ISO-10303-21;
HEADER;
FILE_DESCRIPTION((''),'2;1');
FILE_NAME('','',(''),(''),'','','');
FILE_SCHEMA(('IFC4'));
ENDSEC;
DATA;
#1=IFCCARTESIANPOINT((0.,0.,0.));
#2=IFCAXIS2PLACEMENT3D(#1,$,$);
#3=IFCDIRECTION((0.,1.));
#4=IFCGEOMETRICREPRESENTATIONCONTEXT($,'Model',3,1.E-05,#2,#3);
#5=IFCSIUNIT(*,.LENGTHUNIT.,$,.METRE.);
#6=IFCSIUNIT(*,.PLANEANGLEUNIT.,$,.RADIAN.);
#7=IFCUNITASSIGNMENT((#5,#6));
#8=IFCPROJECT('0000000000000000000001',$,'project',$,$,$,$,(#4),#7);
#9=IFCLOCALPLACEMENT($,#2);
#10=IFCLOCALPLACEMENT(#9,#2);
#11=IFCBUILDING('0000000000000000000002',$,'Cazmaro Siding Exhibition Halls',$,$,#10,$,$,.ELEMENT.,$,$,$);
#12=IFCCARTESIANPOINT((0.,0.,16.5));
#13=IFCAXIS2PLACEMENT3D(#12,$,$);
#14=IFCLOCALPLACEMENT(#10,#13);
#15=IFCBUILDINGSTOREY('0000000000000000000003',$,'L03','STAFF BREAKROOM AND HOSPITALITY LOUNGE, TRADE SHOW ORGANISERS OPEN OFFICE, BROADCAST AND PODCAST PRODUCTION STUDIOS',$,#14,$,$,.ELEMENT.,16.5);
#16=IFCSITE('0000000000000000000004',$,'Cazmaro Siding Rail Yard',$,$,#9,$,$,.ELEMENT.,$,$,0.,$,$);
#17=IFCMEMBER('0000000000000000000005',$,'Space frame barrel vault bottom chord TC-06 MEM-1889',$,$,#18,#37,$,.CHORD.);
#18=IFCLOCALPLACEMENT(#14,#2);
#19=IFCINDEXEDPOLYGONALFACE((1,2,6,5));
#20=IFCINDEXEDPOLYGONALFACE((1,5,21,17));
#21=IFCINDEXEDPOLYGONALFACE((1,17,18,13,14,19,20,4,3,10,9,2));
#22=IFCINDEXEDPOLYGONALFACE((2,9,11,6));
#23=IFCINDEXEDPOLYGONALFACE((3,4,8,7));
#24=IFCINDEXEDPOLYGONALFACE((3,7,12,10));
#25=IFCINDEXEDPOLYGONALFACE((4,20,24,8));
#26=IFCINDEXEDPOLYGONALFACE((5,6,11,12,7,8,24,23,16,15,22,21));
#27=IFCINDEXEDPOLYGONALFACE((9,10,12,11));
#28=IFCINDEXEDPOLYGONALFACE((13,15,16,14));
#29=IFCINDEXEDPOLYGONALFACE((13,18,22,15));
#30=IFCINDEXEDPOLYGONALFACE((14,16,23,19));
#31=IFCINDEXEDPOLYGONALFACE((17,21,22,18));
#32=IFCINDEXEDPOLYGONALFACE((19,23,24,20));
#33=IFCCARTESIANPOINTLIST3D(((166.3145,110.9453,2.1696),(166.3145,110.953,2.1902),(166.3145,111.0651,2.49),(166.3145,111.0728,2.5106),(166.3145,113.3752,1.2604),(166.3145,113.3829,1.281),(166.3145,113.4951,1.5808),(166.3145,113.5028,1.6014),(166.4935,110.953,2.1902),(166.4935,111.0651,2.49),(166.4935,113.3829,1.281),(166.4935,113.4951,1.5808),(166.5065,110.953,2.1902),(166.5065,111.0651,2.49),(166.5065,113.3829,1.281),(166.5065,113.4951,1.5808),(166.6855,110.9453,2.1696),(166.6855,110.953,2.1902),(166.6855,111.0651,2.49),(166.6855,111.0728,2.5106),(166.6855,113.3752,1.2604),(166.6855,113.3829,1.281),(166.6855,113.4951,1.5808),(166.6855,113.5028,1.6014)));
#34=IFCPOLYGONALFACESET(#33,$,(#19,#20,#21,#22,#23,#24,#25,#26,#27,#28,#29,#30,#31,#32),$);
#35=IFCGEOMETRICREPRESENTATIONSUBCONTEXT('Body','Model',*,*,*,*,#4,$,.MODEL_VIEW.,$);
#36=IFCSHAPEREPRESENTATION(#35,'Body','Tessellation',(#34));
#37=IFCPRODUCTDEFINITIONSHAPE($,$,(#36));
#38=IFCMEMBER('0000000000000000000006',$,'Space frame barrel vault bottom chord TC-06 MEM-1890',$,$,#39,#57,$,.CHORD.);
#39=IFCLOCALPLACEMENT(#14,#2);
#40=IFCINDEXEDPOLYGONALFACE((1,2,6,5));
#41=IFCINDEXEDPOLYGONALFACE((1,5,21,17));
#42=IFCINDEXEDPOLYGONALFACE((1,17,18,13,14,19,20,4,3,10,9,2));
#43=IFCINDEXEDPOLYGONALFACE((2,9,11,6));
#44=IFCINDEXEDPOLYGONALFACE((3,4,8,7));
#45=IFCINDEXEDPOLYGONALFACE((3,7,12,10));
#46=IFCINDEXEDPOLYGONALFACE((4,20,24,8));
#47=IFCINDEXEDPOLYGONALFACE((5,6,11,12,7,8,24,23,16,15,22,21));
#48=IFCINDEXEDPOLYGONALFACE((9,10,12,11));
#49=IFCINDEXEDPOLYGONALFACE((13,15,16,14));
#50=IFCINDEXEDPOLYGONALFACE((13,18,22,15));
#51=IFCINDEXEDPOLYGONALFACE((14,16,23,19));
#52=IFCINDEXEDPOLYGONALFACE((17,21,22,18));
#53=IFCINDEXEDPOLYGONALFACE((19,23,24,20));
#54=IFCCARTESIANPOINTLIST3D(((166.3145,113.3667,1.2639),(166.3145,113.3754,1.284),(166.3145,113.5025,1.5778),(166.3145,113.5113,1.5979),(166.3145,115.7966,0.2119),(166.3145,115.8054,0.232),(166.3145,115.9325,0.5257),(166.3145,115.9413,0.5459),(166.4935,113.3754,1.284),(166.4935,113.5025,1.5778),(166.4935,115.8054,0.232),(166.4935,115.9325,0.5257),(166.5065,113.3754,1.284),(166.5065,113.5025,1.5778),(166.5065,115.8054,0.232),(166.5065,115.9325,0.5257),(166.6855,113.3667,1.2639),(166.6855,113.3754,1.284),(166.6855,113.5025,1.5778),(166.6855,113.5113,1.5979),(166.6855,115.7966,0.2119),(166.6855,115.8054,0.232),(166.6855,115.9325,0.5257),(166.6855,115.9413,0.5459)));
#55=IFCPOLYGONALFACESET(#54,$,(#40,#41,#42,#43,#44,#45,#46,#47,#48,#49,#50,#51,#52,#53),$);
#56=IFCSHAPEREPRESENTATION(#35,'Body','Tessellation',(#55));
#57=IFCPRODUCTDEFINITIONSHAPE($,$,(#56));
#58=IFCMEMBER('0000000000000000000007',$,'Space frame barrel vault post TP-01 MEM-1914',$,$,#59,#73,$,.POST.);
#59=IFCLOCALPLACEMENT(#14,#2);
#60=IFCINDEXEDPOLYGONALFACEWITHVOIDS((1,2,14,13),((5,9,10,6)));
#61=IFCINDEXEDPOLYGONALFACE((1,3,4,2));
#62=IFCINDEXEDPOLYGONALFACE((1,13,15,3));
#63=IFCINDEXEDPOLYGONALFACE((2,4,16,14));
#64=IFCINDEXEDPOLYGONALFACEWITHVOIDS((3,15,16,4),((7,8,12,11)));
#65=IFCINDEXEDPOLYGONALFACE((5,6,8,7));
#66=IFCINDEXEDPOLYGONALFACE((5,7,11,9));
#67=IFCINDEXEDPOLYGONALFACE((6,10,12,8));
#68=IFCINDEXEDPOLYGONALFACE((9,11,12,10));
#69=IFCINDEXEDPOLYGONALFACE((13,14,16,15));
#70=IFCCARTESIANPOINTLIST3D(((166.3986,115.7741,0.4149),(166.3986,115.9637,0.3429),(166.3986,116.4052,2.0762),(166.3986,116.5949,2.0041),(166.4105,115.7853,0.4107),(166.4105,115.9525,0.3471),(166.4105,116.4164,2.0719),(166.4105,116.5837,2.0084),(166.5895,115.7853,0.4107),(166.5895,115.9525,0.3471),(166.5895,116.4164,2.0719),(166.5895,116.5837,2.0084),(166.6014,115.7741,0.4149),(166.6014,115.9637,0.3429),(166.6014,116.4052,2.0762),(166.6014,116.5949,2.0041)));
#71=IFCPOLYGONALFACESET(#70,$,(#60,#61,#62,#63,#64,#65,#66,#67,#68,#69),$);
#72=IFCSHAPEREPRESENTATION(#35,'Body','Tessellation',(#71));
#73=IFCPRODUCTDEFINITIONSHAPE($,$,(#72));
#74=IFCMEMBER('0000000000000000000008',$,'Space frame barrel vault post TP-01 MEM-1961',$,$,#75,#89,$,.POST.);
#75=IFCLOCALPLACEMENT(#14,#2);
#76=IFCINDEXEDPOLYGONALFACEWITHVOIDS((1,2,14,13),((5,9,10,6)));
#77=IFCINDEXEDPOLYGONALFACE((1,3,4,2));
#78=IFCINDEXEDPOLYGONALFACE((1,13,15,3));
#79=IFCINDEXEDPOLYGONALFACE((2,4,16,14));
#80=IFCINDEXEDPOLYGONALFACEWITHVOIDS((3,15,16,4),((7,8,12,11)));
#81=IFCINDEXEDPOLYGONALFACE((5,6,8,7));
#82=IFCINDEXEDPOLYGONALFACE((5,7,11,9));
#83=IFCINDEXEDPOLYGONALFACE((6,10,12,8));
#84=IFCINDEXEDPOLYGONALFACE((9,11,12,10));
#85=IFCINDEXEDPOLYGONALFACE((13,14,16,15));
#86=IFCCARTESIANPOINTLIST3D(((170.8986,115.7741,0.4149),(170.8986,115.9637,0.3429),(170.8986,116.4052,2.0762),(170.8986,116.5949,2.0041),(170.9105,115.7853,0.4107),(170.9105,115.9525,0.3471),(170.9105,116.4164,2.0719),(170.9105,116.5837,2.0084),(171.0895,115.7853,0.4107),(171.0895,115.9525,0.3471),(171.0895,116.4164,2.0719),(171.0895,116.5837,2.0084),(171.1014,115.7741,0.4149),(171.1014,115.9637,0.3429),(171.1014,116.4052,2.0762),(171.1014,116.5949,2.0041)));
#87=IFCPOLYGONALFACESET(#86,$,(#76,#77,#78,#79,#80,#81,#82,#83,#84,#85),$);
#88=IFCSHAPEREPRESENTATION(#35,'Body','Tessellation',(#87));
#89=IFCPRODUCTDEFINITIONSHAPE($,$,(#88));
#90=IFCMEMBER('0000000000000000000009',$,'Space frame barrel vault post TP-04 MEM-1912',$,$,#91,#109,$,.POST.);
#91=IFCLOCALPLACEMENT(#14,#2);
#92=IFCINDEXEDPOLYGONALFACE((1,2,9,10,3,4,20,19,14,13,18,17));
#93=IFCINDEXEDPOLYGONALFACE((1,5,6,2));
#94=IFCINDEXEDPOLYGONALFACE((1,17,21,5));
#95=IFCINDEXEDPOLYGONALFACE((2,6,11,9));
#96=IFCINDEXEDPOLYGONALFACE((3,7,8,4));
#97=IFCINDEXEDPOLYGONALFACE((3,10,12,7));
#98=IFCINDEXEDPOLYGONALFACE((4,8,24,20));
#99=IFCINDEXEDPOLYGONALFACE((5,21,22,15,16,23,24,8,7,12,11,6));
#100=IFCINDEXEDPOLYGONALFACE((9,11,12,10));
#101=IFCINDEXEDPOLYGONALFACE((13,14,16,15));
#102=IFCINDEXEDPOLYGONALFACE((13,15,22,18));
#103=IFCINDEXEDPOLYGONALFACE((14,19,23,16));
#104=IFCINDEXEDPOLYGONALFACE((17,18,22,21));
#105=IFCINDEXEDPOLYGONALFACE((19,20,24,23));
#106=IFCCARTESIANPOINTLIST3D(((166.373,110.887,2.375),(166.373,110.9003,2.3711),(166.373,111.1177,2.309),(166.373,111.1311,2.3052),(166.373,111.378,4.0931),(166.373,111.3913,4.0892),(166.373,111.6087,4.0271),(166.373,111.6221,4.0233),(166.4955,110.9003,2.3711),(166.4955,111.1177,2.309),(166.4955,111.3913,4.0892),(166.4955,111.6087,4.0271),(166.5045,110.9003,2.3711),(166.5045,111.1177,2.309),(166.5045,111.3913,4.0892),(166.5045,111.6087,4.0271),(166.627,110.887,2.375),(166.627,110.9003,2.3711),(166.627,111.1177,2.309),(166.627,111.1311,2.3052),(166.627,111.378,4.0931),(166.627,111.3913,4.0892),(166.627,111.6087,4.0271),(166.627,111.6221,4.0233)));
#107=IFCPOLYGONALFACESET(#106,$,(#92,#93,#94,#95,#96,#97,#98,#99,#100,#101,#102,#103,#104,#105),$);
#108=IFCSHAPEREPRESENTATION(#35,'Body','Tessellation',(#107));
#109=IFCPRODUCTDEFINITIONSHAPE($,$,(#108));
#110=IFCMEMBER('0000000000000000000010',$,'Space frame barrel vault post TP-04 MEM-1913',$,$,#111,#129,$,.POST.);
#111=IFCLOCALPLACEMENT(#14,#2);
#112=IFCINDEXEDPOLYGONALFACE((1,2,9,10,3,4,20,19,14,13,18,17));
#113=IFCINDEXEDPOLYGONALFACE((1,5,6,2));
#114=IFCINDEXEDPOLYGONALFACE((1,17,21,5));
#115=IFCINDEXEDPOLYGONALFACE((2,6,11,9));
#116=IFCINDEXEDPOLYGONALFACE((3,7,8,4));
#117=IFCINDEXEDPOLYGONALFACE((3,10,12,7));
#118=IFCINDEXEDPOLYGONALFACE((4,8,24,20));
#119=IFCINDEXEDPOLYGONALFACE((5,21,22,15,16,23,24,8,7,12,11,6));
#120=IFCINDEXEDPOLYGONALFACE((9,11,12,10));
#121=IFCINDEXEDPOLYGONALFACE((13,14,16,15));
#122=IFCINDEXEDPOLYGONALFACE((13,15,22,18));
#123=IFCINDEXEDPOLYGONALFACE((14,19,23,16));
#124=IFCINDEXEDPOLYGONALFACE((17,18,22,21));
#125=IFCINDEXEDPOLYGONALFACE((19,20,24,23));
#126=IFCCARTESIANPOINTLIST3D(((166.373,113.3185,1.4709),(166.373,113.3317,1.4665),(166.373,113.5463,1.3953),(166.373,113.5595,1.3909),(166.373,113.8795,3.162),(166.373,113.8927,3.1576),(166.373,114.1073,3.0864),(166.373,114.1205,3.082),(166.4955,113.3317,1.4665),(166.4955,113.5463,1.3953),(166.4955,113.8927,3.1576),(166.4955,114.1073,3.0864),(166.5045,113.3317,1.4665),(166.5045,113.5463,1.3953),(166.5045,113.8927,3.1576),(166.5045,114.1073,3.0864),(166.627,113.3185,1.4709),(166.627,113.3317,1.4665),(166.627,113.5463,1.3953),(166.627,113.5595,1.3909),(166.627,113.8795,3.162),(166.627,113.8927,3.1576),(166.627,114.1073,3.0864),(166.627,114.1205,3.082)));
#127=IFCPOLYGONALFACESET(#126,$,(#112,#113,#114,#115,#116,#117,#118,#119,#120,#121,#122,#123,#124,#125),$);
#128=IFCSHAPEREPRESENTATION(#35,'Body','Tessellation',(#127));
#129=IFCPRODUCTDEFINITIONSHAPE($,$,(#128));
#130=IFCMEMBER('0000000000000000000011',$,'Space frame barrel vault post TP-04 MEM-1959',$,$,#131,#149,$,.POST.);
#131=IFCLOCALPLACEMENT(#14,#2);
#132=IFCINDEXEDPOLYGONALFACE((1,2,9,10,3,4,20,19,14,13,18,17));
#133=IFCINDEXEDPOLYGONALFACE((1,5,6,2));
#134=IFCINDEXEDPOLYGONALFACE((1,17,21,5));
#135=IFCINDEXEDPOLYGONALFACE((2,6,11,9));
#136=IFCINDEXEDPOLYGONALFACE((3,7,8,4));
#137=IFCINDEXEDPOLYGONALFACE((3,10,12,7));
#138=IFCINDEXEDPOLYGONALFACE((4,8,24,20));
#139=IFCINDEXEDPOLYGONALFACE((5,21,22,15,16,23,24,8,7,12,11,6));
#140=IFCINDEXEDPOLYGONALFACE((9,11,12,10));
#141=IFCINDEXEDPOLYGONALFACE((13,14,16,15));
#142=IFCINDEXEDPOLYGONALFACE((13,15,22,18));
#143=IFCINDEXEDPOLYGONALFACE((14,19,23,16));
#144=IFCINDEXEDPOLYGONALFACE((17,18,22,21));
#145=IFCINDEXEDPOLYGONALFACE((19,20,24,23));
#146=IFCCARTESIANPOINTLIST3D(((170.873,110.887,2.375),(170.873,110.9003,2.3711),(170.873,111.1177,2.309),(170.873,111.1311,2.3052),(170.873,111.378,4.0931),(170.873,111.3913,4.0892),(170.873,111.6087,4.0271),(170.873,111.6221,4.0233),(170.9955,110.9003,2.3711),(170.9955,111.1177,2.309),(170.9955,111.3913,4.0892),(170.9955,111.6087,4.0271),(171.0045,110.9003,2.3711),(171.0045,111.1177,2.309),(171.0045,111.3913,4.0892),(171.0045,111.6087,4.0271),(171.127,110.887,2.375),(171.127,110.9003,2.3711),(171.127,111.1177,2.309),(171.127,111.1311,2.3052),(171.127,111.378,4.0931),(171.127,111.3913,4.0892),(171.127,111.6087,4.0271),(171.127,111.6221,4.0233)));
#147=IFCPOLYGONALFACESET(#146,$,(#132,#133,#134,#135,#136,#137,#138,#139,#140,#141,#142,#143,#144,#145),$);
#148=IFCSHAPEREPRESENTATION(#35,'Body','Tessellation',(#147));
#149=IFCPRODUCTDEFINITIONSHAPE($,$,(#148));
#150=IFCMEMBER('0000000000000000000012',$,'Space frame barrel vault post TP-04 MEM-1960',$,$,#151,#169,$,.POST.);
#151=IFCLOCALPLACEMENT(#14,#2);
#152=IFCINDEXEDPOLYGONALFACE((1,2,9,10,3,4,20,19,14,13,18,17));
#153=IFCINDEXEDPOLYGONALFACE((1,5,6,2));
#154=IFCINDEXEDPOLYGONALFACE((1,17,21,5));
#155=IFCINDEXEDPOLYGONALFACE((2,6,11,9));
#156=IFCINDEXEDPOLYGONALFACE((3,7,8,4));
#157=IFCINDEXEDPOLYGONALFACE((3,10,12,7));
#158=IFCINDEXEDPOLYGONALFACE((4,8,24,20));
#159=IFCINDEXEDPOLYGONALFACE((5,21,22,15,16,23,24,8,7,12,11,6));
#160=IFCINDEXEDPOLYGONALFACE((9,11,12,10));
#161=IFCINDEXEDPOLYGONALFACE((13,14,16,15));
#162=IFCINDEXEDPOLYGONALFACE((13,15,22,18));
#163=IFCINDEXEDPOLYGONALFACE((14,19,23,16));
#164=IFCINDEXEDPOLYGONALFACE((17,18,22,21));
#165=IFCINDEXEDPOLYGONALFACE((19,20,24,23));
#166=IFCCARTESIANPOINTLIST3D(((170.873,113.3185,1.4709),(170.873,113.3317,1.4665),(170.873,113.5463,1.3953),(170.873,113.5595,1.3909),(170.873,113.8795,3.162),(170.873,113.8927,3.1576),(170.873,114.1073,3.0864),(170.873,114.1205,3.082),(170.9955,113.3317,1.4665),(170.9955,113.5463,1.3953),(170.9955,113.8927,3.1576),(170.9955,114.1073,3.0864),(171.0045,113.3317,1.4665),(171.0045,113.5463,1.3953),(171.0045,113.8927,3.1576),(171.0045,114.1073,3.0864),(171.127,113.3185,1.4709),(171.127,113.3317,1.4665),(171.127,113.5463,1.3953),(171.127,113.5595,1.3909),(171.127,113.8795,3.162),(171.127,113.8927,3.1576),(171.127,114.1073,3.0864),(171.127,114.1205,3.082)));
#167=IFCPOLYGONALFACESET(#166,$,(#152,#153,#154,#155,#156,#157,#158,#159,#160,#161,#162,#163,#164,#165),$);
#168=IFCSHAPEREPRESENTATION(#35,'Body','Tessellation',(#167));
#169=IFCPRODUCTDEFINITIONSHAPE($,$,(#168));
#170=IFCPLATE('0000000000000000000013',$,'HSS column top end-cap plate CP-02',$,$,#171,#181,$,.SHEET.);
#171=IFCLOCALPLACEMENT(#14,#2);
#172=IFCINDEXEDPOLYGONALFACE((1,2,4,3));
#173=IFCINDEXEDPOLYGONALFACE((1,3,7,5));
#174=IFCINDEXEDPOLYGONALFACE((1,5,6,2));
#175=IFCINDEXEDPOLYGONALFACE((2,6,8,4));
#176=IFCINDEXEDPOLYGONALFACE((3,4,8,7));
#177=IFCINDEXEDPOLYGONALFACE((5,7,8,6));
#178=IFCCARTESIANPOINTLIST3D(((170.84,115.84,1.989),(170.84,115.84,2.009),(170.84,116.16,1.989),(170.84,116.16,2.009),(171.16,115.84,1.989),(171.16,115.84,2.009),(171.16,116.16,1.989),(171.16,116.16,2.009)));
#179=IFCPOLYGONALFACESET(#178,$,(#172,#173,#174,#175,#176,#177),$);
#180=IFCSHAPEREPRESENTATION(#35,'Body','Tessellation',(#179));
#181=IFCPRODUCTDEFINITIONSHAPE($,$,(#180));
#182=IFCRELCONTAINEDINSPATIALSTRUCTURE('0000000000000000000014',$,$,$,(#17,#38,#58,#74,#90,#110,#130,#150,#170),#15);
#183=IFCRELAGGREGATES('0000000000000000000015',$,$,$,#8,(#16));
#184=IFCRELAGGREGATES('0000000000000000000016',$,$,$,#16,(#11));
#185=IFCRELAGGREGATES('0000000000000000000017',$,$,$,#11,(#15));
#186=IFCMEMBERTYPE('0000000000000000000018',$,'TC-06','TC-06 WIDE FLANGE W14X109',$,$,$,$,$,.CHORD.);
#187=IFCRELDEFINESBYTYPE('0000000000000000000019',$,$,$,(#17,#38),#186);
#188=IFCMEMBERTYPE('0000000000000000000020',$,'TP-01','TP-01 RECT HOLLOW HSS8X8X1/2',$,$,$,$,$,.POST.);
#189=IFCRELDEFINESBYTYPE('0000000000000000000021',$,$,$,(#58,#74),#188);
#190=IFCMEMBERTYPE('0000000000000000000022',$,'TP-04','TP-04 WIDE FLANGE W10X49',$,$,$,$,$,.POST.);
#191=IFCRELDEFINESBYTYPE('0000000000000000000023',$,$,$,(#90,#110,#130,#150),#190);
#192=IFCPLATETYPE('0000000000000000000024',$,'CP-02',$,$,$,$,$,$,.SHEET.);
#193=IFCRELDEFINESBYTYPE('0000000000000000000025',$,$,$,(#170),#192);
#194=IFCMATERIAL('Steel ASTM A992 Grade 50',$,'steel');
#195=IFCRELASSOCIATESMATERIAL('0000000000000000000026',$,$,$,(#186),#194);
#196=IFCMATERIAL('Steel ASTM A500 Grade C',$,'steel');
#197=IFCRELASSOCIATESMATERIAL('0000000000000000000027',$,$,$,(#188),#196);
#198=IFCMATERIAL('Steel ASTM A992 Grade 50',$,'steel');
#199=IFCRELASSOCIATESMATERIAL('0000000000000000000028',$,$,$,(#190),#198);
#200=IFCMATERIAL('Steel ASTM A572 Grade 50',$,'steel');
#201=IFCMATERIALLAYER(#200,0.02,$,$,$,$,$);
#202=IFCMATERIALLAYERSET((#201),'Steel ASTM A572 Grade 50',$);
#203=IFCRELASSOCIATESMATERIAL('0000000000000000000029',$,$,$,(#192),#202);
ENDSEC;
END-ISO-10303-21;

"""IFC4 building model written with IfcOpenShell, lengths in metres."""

from ifc_helpers import new_model, si_unit, direction, frame, origin, origin_2d, place, context, subcontext, project, spatial, rectangle, hollow_rectangle, i_section, extrude, material, layer, layer_set, material_profile, profile_set, type_object, element, save


model = new_model("IFC4")

# Units and contexts
model_context = context("Model", 3, precision=1e-05, world=origin(), true_north=direction((0.0, 1.0)))
body_context = subcontext(model_context, "Body", "Model", "MODEL_VIEW")
ifc_project = project(units=[si_unit("LENGTHUNIT", "METRE"), si_unit("PLANEANGLEUNIT", "RADIAN")], contexts=[model_context])

# Site, building, storey
site_placement = place(None, origin())
site = spatial("IfcSite", under=ifc_project, at=site_placement, Name="Cazmaro Siding Rail Yard", CompositionType="ELEMENT", RefElevation=0.0)
building_placement = place(site_placement, origin())
building = spatial("IfcBuilding", under=site, at=building_placement, Name="Cazmaro Siding Exhibition Halls", CompositionType="ELEMENT")
storey_placement = place(building_placement, frame((0.0, 0.0, 16.5)))
storey = spatial("IfcBuildingStorey", under=building, at=storey_placement, Name="L03", Description="STAFF BREAKROOM AND HOSPITALITY LOUNGE, TRADE SHOW ORGANISERS OPEN OFFICE, BROADCAST AND PODCAST PRODUCTION STUDIOS", CompositionType="ELEMENT", Elevation=16.5)

# Members
ifc_material_1 = material(Name="Steel ASTM A992 Grade 50", Category="steel")
ifc_material_profile_1 = material_profile(ifc_material_1, i_section(OverallWidth=0.3711, OverallDepth=0.364, WebThickness=0.0129, FlangeThickness=0.022, at=origin_2d()), Name="W14X109")
ifc_profile_set_1 = profile_set([ifc_material_profile_1], Name="Steel ASTM A992 Grade 50")
member_type_1 = type_object("IfcMemberType", Name="TC-06", Description="TC-06 WIDE FLANGE W14X109", PredefinedType="CHORD", material=ifc_profile_set_1)
member_1_placement = place(storey_placement, frame((166.5, 111.009, 2.3401), z_axis=(0.0, 0.936588, -0.350432), x_axis=(-1.0, 0.0, 0.0)))
element("IfcMember", 1, at=member_1_placement, inside=storey, type_object=member_type_1, Name="Space frame barrel vault bottom chord TC-06 MEM-1889", PredefinedType="CHORD", context=body_context, shape_type="SweptSolid", body=[
    extrude(i_section(OverallWidth=0.3711, OverallDepth=0.364, WebThickness=0.0129, FlangeThickness=0.022, at=origin_2d()), origin(), (0.0, 0.0, 1.0), 2.5945),
])
member_2_placement = place(storey_placement, frame((166.5, 113.439, 1.4309), z_axis=(0.0, 0.917689, -0.397299), x_axis=(-1.0, 0.0, 0.0)))
element("IfcMember", 2, at=member_2_placement, inside=storey, type_object=member_type_1, Name="Space frame barrel vault bottom chord TC-06 MEM-1890", PredefinedType="CHORD", context=body_context, shape_type="SweptSolid", body=[
    extrude(i_section(OverallWidth=0.3711, OverallDepth=0.364, WebThickness=0.0129, FlangeThickness=0.022, at=origin_2d()), origin(), (0.0, 0.0, 1.0), 2.6479),
])
ifc_material_2 = material(Name="Steel ASTM A500 Grade C", Category="steel")
ifc_material_profile_2 = material_profile(ifc_material_2, hollow_rectangle(XDim=0.2029, YDim=0.2029, WallThickness=0.012, at=origin_2d()), Name="HSS8X8X1/2")
ifc_profile_set_2 = profile_set([ifc_material_profile_2], Name="Steel ASTM A500 Grade C")
member_type_2 = type_object("IfcMemberType", Name="TP-01", Description="TP-01 RECT HOLLOW HSS8X8X1/2", PredefinedType="POST", material=ifc_profile_set_2)
for number, where, z_axis, x_axis, name in (
    (3, (166.5, 115.8689, 0.3789), (0.0, 0.355155, 0.934807), (-1.0, 0.0, 0.0), "Space frame barrel vault post TP-01 MEM-1914"),
    (4, (171.0, 115.8689, 0.3789), (0.0, 0.355155, 0.934807), (-1.0, 0.0, 0.0), "Space frame barrel vault post TP-01 MEM-1961"),
):
    element("IfcMember", number, at=place(storey_placement, frame(where, z_axis=z_axis, x_axis=x_axis)), inside=storey, type_object=member_type_2, Name=name, PredefinedType="POST", context=body_context, shape_type="SweptSolid", body=[
        extrude(hollow_rectangle(XDim=0.2029, YDim=0.2029, WallThickness=0.012, at=origin_2d()), origin(), (0.0, 0.0, 1.0), 1.7771),
    ])
ifc_material_3 = material(Name="Steel ASTM A992 Grade 50", Category="steel")
ifc_material_profile_3 = material_profile(ifc_material_3, i_section(OverallWidth=0.2539, OverallDepth=0.2539, WebThickness=0.009, FlangeThickness=0.0139, at=origin_2d()), Name="W10X49")
ifc_profile_set_3 = profile_set([ifc_material_profile_3], Name="Steel ASTM A992 Grade 50")
member_type_3 = type_object("IfcMemberType", Name="TP-04", Description="TP-04 WIDE FLANGE W10X49", PredefinedType="POST", material=ifc_profile_set_3)
member_3_placement = place(storey_placement, frame((166.5, 111.009, 2.3401), z_axis=(0.0, 0.274775, 0.961508), x_axis=(-1.0, 0.0, 0.0)))
element("IfcMember", 5, at=member_3_placement, inside=storey, type_object=member_type_3, Name="Space frame barrel vault post TP-04 MEM-1912", PredefinedType="POST", context=body_context, shape_type="SweptSolid", body=[
    extrude(i_section(OverallWidth=0.2539, OverallDepth=0.2539, WebThickness=0.009, FlangeThickness=0.0139, at=origin_2d()), origin(), (0.0, 0.0, 1.0), 1.7869),
])
member_4_placement = place(storey_placement, frame((166.5, 113.439, 1.4309), z_axis=(0.0, 0.314871, 0.949134), x_axis=(-1.0, 0.0, 0.0)))
element("IfcMember", 6, at=member_4_placement, inside=storey, type_object=member_type_3, Name="Space frame barrel vault post TP-04 MEM-1913", PredefinedType="POST", context=body_context, shape_type="SweptSolid", body=[
    extrude(i_section(OverallWidth=0.2539, OverallDepth=0.2539, WebThickness=0.009, FlangeThickness=0.0139, at=origin_2d()), origin(), (0.0, 0.0, 1.0), 1.7817),
])
member_5_placement = place(storey_placement, frame((171.0, 111.009, 2.3401), z_axis=(0.0, 0.274775, 0.961508), x_axis=(-1.0, 0.0, 0.0)))
element("IfcMember", 7, at=member_5_placement, inside=storey, type_object=member_type_3, Name="Space frame barrel vault post TP-04 MEM-1959", PredefinedType="POST", context=body_context, shape_type="SweptSolid", body=[
    extrude(i_section(OverallWidth=0.2539, OverallDepth=0.2539, WebThickness=0.009, FlangeThickness=0.0139, at=origin_2d()), origin(), (0.0, 0.0, 1.0), 1.7869),
])
member_6_placement = place(storey_placement, frame((171.0, 113.439, 1.4309), z_axis=(0.0, 0.314871, 0.949134), x_axis=(-1.0, 0.0, 0.0)))
element("IfcMember", 8, at=member_6_placement, inside=storey, type_object=member_type_3, Name="Space frame barrel vault post TP-04 MEM-1960", PredefinedType="POST", context=body_context, shape_type="SweptSolid", body=[
    extrude(i_section(OverallWidth=0.2539, OverallDepth=0.2539, WebThickness=0.009, FlangeThickness=0.0139, at=origin_2d()), origin(), (0.0, 0.0, 1.0), 1.7817),
])

# Plate
ifc_material_4 = material(Name="Steel ASTM A572 Grade 50", Category="steel")
ifc_layer_1 = layer(ifc_material_4, 0.02)
ifc_layer_set_1 = layer_set([ifc_layer_1], Name="Steel ASTM A572 Grade 50")
plate_type_1 = type_object("IfcPlateType", Name="CP-02", PredefinedType="SHEET", material=ifc_layer_set_1)
plate_placement = place(storey_placement, frame((171.0, 116.0, 1.989), z_axis=(0.0, 0.0, 1.0), x_axis=(1.0, 0.0, 0.0)))
element("IfcPlate", 9, at=plate_placement, inside=storey, type_object=plate_type_1, Name="HSS column top end-cap plate CP-02", PredefinedType="SHEET", context=body_context, shape_type="SweptSolid", body=[
    extrude(rectangle(XDim=0.3201, YDim=0.3201, at=origin_2d()), origin(), (0.0, 0.0, 1.0), 0.02),
])

save(model, "model.ifc")
